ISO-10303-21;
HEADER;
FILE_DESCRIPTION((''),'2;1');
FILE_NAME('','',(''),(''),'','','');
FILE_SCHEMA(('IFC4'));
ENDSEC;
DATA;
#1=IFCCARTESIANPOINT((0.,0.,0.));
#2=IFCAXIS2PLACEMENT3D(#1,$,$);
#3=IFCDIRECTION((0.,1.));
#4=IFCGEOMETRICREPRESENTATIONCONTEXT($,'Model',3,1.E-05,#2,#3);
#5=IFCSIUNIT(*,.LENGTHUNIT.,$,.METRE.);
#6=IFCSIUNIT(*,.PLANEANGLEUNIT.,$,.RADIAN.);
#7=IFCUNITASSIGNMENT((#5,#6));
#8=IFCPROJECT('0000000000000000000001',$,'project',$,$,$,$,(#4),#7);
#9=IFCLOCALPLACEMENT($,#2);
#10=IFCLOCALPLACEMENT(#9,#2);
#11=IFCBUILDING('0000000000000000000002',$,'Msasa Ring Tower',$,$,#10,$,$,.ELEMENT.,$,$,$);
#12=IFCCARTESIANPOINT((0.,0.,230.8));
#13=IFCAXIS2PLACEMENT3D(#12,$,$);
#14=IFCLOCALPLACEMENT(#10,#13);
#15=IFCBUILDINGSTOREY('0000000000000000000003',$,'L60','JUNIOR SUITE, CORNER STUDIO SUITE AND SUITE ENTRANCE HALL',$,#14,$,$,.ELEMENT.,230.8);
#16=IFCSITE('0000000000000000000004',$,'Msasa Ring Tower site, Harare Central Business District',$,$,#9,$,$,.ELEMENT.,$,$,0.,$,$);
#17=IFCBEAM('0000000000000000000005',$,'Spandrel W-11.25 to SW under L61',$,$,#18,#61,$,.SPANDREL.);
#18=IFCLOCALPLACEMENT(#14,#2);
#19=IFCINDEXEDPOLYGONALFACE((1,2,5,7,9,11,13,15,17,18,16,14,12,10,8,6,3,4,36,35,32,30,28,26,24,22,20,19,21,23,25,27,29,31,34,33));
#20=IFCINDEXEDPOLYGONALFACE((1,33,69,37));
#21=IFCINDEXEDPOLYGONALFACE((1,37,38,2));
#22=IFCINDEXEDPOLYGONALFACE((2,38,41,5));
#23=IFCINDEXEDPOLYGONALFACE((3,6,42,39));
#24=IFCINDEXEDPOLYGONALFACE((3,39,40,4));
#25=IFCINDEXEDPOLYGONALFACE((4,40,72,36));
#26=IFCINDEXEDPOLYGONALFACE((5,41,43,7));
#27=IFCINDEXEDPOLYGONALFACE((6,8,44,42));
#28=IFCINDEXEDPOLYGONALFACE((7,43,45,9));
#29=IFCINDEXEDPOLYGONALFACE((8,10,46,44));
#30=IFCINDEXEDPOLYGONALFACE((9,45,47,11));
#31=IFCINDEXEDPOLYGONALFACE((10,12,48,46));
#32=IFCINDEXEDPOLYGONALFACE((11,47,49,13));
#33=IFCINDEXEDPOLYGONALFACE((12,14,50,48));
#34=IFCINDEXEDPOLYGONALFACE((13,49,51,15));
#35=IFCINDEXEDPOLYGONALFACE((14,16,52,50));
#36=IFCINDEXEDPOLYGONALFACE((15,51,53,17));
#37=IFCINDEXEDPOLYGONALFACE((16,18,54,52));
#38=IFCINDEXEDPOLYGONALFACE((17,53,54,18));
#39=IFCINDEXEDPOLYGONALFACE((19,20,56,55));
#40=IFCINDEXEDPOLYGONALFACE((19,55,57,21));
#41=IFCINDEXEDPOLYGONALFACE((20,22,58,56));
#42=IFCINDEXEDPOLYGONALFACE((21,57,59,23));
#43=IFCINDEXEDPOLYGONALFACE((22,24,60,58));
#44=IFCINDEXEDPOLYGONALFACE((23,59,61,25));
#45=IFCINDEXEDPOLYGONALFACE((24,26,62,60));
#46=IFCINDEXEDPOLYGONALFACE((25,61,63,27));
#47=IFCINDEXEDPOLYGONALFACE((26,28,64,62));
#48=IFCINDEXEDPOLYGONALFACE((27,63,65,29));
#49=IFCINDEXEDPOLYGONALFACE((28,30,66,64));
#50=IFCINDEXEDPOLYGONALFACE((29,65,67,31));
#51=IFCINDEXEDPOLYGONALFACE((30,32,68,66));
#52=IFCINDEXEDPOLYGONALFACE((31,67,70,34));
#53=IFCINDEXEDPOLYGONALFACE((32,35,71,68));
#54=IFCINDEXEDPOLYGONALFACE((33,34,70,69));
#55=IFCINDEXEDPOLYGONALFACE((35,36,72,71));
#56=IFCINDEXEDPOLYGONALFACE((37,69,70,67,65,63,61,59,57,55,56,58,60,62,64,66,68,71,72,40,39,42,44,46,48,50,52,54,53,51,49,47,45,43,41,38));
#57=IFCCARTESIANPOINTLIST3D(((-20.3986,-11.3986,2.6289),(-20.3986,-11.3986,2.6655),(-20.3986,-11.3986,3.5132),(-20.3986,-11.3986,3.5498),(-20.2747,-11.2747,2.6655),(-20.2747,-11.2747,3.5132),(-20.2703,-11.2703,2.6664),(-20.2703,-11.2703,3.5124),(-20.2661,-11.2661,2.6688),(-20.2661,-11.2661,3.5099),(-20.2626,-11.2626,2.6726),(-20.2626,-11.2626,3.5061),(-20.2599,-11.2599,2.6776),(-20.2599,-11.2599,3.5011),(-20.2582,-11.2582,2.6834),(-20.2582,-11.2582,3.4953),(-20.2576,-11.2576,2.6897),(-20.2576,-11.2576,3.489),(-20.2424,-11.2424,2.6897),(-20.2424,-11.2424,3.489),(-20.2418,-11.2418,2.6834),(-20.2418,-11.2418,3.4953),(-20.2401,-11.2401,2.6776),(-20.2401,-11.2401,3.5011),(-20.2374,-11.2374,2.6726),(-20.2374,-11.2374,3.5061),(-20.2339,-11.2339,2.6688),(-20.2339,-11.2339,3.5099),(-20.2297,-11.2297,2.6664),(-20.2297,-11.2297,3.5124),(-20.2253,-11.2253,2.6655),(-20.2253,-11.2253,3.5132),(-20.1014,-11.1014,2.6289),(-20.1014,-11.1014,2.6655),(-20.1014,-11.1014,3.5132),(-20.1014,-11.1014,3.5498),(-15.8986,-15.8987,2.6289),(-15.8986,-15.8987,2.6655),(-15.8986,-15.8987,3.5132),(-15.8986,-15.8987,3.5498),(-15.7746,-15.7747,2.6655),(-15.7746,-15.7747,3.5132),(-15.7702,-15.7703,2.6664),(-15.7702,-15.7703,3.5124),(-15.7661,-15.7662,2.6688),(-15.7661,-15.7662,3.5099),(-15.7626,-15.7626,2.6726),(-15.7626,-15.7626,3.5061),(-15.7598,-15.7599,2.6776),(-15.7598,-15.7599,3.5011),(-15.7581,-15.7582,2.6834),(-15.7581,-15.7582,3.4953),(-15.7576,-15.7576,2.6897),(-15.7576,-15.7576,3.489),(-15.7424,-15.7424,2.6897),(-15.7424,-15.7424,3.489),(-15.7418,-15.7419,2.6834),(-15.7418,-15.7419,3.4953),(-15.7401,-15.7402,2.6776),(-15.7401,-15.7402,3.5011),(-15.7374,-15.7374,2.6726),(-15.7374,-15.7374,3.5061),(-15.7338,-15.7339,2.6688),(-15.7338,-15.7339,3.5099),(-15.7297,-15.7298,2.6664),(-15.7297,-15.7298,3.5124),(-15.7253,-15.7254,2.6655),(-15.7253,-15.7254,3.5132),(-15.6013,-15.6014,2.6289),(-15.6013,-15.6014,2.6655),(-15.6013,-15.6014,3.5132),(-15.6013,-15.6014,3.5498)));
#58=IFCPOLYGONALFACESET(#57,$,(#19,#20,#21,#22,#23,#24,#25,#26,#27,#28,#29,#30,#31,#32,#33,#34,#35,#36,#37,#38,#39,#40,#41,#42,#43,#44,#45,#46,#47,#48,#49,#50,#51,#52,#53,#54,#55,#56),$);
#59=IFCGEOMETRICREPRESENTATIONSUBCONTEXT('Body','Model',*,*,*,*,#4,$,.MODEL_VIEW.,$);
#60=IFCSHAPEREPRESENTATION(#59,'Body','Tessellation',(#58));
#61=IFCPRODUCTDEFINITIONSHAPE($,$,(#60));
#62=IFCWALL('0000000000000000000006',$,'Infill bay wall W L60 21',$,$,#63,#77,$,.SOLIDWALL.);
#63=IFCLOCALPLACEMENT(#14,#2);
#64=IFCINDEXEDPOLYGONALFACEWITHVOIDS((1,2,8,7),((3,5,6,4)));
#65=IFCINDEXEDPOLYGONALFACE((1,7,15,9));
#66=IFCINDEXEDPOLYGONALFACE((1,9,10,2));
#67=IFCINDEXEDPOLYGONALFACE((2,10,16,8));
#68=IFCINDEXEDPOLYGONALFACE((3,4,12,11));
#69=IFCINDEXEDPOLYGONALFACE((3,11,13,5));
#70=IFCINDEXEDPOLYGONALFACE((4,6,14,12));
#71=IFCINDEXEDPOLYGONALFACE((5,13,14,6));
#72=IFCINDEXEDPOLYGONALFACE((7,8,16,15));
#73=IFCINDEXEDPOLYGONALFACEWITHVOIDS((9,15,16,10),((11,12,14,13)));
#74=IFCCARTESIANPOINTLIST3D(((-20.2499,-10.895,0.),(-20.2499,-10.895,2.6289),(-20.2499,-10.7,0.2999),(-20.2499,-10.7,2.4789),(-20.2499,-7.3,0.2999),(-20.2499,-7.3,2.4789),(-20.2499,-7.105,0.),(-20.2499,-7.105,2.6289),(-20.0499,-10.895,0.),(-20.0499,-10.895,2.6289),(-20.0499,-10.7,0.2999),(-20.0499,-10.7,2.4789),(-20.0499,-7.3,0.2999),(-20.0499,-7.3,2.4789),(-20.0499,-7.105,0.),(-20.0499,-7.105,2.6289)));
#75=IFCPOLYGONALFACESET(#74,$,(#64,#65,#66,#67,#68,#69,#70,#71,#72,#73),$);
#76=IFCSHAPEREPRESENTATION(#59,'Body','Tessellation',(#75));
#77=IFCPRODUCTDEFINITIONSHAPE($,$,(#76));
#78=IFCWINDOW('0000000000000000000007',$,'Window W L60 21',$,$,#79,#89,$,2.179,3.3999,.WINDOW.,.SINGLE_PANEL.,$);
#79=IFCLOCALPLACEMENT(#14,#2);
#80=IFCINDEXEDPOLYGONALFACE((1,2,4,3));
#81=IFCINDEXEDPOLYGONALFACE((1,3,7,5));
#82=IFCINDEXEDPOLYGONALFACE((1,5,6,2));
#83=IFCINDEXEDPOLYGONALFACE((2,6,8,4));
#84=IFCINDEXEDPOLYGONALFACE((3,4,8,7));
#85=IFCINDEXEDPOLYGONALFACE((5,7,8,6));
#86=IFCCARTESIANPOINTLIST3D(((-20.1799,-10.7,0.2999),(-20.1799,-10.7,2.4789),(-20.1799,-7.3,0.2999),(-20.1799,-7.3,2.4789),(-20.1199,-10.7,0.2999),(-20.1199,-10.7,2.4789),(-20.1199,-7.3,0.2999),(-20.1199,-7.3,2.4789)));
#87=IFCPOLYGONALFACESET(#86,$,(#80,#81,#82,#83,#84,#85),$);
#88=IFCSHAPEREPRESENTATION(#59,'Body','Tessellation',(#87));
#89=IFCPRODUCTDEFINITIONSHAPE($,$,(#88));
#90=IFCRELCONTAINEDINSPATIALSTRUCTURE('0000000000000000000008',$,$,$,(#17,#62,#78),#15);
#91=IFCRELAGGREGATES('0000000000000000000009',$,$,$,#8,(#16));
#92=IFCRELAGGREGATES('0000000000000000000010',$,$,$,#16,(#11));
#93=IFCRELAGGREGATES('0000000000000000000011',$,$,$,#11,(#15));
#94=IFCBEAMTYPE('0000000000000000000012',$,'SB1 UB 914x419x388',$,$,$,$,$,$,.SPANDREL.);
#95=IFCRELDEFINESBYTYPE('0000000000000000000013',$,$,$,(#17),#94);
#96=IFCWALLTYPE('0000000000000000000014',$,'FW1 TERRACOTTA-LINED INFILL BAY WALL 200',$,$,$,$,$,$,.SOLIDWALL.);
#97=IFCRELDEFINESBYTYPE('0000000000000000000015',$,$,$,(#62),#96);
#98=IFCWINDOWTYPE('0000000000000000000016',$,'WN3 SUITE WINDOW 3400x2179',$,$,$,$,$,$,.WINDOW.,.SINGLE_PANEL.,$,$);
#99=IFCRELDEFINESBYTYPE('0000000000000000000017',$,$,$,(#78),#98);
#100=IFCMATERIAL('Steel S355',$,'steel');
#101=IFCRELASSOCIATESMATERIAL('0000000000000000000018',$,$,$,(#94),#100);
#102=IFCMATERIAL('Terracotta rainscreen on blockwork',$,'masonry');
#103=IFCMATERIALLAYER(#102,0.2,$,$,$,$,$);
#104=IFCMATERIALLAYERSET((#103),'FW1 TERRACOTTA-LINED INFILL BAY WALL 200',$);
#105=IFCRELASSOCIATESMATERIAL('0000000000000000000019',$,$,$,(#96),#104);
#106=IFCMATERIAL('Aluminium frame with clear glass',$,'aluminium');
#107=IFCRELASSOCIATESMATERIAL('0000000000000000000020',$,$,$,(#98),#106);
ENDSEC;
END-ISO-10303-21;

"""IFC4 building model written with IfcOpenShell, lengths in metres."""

from ifc_helpers import new_model, si_unit, direction, frame, frame_2d, origin, origin_2d, place, context, subcontext, project, spatial, rectangle, i_section, extrude, material, layer, layer_set, material_profile, profile_set, type_object, element, fill, save


model = new_model("IFC4")

# Units and contexts
model_context = context("Model", 3, precision=1e-05, world=origin(), true_north=direction((0.0, 1.0)))
body_context = subcontext(model_context, "Body", "Model", "MODEL_VIEW")
ifc_project = project(units=[si_unit("LENGTHUNIT", "METRE"), si_unit("PLANEANGLEUNIT", "RADIAN")], contexts=[model_context])

# Site, building, storey
site_placement = place(None, origin())
site = spatial("IfcSite", under=ifc_project, at=site_placement, Name="Msasa Ring Tower site, Harare Central Business District", CompositionType="ELEMENT", RefElevation=0.0)
building_placement = place(site_placement, origin())
building = spatial("IfcBuilding", under=site, at=building_placement, Name="Msasa Ring Tower", CompositionType="ELEMENT")
storey_placement = place(building_placement, frame((0.0, 0.0, 230.8)))
storey = spatial("IfcBuildingStorey", under=building, at=storey_placement, Name="L60", Description="JUNIOR SUITE, CORNER STUDIO SUITE AND SUITE ENTRANCE HALL", CompositionType="ELEMENT", Elevation=230.8)

# Beam
ifc_material_1 = material(Name="Steel S355", Category="steel")
ifc_material_profile_1 = material_profile(ifc_material_1, i_section(OverallWidth=0.4204, OverallDepth=0.9209, WebThickness=0.0215, FlangeThickness=0.0366, FilletRadius=0.0242, at=origin_2d()), Name="UB 914x419x388")
ifc_profile_set_1 = profile_set([ifc_material_profile_1], Name="Steel S355")
beam_type_1 = type_object("IfcBeamType", Name="SB1 UB 914x419x388", PredefinedType="SPANDREL", material=ifc_profile_set_1)
beam_1_placement = place(storey_placement, frame((-20.25, -11.25, 3.0894), z_axis=(0.707107, -0.707107, 0.0), x_axis=(0.707107, 0.707107, 0.0)))
element("IfcBeam", 1, at=beam_1_placement, inside=storey, type_object=beam_type_1, Name="Spandrel W-11.25 to SW under L61", PredefinedType="SPANDREL", context=body_context, shape_type="SweptSolid", body=[
    extrude(i_section(OverallWidth=0.4204, OverallDepth=0.9209, WebThickness=0.0215, FlangeThickness=0.0366, FilletRadius=0.0242, at=origin_2d()), origin(), (0.0, 0.0, 1.0), 6.364),
])

# Wall, opening, window
ifc_material_2 = material(Name="Terracotta rainscreen on blockwork", Category="masonry")
ifc_layer_1 = layer(ifc_material_2, 0.2)
ifc_layer_set_1 = layer_set([ifc_layer_1], Name="FW1 TERRACOTTA-LINED INFILL BAY WALL 200")
wall_type_1 = type_object("IfcWallType", Name="FW1 TERRACOTTA-LINED INFILL BAY WALL 200", PredefinedType="SOLIDWALL", material=ifc_layer_set_1)
wall_1_placement = place(storey_placement, frame((-20.1499, -10.895, 0.0), z_axis=(0.0, 0.0, 1.0), x_axis=(0.0, 1.0, 0.0)))
wall_1 = element("IfcWall", 2, at=wall_1_placement, inside=storey, type_object=wall_type_1, Name="Infill bay wall W L60 21", PredefinedType="SOLIDWALL", context=body_context, shape_type="SweptSolid", body=[
    extrude(rectangle(XDim=3.79, YDim=0.2, at=frame_2d((1.895, 0.0))), origin(), (0.0, 0.0, 1.0), 2.6289),
])
opening_1_placement = place(wall_1_placement, frame((0.1951, 0.0, 0.3)))
opening_1 = element("IfcOpeningElement", 3, at=opening_1_placement, cuts=wall_1, PredefinedType="OPENING", context=body_context, shape_type="SweptSolid", body=[
    extrude(rectangle(XDim=3.3999, YDim=2.179, at=frame_2d((1.7, 1.0894))), frame((0.0, 0.1099, 0.0), z_axis=(0.0, -1.0, 0.0), x_axis=(1.0, 0.0, 0.0)), (0.0, 0.0, 1.0), 0.22),
])
ifc_material_3 = material(Name="Aluminium frame with clear glass", Category="aluminium")
window_type = type_object("IfcWindowType", Name="WN3 SUITE WINDOW 3400x2179", PartitioningType="SINGLE_PANEL", PredefinedType="WINDOW", material=ifc_material_3)
window_placement = place(opening_1_placement, origin())
window = element("IfcWindow", 4, at=window_placement, inside=storey, type_object=window_type, Name="Window W L60 21", OverallHeight=2.179, OverallWidth=3.3999, PartitioningType="SINGLE_PANEL", PredefinedType="WINDOW", context=body_context, shape_type="SweptSolid", body=[
    extrude(rectangle(XDim=3.3999, YDim=2.179, at=frame_2d((1.7, 1.0894))), frame((0.0, 0.03, 0.0), z_axis=(0.0, -1.0, 0.0), x_axis=(1.0, 0.0, 0.0)), (0.0, 0.0, 1.0), 0.0601),
])
fill(opening_1, window)

save(model, "model.ifc")
